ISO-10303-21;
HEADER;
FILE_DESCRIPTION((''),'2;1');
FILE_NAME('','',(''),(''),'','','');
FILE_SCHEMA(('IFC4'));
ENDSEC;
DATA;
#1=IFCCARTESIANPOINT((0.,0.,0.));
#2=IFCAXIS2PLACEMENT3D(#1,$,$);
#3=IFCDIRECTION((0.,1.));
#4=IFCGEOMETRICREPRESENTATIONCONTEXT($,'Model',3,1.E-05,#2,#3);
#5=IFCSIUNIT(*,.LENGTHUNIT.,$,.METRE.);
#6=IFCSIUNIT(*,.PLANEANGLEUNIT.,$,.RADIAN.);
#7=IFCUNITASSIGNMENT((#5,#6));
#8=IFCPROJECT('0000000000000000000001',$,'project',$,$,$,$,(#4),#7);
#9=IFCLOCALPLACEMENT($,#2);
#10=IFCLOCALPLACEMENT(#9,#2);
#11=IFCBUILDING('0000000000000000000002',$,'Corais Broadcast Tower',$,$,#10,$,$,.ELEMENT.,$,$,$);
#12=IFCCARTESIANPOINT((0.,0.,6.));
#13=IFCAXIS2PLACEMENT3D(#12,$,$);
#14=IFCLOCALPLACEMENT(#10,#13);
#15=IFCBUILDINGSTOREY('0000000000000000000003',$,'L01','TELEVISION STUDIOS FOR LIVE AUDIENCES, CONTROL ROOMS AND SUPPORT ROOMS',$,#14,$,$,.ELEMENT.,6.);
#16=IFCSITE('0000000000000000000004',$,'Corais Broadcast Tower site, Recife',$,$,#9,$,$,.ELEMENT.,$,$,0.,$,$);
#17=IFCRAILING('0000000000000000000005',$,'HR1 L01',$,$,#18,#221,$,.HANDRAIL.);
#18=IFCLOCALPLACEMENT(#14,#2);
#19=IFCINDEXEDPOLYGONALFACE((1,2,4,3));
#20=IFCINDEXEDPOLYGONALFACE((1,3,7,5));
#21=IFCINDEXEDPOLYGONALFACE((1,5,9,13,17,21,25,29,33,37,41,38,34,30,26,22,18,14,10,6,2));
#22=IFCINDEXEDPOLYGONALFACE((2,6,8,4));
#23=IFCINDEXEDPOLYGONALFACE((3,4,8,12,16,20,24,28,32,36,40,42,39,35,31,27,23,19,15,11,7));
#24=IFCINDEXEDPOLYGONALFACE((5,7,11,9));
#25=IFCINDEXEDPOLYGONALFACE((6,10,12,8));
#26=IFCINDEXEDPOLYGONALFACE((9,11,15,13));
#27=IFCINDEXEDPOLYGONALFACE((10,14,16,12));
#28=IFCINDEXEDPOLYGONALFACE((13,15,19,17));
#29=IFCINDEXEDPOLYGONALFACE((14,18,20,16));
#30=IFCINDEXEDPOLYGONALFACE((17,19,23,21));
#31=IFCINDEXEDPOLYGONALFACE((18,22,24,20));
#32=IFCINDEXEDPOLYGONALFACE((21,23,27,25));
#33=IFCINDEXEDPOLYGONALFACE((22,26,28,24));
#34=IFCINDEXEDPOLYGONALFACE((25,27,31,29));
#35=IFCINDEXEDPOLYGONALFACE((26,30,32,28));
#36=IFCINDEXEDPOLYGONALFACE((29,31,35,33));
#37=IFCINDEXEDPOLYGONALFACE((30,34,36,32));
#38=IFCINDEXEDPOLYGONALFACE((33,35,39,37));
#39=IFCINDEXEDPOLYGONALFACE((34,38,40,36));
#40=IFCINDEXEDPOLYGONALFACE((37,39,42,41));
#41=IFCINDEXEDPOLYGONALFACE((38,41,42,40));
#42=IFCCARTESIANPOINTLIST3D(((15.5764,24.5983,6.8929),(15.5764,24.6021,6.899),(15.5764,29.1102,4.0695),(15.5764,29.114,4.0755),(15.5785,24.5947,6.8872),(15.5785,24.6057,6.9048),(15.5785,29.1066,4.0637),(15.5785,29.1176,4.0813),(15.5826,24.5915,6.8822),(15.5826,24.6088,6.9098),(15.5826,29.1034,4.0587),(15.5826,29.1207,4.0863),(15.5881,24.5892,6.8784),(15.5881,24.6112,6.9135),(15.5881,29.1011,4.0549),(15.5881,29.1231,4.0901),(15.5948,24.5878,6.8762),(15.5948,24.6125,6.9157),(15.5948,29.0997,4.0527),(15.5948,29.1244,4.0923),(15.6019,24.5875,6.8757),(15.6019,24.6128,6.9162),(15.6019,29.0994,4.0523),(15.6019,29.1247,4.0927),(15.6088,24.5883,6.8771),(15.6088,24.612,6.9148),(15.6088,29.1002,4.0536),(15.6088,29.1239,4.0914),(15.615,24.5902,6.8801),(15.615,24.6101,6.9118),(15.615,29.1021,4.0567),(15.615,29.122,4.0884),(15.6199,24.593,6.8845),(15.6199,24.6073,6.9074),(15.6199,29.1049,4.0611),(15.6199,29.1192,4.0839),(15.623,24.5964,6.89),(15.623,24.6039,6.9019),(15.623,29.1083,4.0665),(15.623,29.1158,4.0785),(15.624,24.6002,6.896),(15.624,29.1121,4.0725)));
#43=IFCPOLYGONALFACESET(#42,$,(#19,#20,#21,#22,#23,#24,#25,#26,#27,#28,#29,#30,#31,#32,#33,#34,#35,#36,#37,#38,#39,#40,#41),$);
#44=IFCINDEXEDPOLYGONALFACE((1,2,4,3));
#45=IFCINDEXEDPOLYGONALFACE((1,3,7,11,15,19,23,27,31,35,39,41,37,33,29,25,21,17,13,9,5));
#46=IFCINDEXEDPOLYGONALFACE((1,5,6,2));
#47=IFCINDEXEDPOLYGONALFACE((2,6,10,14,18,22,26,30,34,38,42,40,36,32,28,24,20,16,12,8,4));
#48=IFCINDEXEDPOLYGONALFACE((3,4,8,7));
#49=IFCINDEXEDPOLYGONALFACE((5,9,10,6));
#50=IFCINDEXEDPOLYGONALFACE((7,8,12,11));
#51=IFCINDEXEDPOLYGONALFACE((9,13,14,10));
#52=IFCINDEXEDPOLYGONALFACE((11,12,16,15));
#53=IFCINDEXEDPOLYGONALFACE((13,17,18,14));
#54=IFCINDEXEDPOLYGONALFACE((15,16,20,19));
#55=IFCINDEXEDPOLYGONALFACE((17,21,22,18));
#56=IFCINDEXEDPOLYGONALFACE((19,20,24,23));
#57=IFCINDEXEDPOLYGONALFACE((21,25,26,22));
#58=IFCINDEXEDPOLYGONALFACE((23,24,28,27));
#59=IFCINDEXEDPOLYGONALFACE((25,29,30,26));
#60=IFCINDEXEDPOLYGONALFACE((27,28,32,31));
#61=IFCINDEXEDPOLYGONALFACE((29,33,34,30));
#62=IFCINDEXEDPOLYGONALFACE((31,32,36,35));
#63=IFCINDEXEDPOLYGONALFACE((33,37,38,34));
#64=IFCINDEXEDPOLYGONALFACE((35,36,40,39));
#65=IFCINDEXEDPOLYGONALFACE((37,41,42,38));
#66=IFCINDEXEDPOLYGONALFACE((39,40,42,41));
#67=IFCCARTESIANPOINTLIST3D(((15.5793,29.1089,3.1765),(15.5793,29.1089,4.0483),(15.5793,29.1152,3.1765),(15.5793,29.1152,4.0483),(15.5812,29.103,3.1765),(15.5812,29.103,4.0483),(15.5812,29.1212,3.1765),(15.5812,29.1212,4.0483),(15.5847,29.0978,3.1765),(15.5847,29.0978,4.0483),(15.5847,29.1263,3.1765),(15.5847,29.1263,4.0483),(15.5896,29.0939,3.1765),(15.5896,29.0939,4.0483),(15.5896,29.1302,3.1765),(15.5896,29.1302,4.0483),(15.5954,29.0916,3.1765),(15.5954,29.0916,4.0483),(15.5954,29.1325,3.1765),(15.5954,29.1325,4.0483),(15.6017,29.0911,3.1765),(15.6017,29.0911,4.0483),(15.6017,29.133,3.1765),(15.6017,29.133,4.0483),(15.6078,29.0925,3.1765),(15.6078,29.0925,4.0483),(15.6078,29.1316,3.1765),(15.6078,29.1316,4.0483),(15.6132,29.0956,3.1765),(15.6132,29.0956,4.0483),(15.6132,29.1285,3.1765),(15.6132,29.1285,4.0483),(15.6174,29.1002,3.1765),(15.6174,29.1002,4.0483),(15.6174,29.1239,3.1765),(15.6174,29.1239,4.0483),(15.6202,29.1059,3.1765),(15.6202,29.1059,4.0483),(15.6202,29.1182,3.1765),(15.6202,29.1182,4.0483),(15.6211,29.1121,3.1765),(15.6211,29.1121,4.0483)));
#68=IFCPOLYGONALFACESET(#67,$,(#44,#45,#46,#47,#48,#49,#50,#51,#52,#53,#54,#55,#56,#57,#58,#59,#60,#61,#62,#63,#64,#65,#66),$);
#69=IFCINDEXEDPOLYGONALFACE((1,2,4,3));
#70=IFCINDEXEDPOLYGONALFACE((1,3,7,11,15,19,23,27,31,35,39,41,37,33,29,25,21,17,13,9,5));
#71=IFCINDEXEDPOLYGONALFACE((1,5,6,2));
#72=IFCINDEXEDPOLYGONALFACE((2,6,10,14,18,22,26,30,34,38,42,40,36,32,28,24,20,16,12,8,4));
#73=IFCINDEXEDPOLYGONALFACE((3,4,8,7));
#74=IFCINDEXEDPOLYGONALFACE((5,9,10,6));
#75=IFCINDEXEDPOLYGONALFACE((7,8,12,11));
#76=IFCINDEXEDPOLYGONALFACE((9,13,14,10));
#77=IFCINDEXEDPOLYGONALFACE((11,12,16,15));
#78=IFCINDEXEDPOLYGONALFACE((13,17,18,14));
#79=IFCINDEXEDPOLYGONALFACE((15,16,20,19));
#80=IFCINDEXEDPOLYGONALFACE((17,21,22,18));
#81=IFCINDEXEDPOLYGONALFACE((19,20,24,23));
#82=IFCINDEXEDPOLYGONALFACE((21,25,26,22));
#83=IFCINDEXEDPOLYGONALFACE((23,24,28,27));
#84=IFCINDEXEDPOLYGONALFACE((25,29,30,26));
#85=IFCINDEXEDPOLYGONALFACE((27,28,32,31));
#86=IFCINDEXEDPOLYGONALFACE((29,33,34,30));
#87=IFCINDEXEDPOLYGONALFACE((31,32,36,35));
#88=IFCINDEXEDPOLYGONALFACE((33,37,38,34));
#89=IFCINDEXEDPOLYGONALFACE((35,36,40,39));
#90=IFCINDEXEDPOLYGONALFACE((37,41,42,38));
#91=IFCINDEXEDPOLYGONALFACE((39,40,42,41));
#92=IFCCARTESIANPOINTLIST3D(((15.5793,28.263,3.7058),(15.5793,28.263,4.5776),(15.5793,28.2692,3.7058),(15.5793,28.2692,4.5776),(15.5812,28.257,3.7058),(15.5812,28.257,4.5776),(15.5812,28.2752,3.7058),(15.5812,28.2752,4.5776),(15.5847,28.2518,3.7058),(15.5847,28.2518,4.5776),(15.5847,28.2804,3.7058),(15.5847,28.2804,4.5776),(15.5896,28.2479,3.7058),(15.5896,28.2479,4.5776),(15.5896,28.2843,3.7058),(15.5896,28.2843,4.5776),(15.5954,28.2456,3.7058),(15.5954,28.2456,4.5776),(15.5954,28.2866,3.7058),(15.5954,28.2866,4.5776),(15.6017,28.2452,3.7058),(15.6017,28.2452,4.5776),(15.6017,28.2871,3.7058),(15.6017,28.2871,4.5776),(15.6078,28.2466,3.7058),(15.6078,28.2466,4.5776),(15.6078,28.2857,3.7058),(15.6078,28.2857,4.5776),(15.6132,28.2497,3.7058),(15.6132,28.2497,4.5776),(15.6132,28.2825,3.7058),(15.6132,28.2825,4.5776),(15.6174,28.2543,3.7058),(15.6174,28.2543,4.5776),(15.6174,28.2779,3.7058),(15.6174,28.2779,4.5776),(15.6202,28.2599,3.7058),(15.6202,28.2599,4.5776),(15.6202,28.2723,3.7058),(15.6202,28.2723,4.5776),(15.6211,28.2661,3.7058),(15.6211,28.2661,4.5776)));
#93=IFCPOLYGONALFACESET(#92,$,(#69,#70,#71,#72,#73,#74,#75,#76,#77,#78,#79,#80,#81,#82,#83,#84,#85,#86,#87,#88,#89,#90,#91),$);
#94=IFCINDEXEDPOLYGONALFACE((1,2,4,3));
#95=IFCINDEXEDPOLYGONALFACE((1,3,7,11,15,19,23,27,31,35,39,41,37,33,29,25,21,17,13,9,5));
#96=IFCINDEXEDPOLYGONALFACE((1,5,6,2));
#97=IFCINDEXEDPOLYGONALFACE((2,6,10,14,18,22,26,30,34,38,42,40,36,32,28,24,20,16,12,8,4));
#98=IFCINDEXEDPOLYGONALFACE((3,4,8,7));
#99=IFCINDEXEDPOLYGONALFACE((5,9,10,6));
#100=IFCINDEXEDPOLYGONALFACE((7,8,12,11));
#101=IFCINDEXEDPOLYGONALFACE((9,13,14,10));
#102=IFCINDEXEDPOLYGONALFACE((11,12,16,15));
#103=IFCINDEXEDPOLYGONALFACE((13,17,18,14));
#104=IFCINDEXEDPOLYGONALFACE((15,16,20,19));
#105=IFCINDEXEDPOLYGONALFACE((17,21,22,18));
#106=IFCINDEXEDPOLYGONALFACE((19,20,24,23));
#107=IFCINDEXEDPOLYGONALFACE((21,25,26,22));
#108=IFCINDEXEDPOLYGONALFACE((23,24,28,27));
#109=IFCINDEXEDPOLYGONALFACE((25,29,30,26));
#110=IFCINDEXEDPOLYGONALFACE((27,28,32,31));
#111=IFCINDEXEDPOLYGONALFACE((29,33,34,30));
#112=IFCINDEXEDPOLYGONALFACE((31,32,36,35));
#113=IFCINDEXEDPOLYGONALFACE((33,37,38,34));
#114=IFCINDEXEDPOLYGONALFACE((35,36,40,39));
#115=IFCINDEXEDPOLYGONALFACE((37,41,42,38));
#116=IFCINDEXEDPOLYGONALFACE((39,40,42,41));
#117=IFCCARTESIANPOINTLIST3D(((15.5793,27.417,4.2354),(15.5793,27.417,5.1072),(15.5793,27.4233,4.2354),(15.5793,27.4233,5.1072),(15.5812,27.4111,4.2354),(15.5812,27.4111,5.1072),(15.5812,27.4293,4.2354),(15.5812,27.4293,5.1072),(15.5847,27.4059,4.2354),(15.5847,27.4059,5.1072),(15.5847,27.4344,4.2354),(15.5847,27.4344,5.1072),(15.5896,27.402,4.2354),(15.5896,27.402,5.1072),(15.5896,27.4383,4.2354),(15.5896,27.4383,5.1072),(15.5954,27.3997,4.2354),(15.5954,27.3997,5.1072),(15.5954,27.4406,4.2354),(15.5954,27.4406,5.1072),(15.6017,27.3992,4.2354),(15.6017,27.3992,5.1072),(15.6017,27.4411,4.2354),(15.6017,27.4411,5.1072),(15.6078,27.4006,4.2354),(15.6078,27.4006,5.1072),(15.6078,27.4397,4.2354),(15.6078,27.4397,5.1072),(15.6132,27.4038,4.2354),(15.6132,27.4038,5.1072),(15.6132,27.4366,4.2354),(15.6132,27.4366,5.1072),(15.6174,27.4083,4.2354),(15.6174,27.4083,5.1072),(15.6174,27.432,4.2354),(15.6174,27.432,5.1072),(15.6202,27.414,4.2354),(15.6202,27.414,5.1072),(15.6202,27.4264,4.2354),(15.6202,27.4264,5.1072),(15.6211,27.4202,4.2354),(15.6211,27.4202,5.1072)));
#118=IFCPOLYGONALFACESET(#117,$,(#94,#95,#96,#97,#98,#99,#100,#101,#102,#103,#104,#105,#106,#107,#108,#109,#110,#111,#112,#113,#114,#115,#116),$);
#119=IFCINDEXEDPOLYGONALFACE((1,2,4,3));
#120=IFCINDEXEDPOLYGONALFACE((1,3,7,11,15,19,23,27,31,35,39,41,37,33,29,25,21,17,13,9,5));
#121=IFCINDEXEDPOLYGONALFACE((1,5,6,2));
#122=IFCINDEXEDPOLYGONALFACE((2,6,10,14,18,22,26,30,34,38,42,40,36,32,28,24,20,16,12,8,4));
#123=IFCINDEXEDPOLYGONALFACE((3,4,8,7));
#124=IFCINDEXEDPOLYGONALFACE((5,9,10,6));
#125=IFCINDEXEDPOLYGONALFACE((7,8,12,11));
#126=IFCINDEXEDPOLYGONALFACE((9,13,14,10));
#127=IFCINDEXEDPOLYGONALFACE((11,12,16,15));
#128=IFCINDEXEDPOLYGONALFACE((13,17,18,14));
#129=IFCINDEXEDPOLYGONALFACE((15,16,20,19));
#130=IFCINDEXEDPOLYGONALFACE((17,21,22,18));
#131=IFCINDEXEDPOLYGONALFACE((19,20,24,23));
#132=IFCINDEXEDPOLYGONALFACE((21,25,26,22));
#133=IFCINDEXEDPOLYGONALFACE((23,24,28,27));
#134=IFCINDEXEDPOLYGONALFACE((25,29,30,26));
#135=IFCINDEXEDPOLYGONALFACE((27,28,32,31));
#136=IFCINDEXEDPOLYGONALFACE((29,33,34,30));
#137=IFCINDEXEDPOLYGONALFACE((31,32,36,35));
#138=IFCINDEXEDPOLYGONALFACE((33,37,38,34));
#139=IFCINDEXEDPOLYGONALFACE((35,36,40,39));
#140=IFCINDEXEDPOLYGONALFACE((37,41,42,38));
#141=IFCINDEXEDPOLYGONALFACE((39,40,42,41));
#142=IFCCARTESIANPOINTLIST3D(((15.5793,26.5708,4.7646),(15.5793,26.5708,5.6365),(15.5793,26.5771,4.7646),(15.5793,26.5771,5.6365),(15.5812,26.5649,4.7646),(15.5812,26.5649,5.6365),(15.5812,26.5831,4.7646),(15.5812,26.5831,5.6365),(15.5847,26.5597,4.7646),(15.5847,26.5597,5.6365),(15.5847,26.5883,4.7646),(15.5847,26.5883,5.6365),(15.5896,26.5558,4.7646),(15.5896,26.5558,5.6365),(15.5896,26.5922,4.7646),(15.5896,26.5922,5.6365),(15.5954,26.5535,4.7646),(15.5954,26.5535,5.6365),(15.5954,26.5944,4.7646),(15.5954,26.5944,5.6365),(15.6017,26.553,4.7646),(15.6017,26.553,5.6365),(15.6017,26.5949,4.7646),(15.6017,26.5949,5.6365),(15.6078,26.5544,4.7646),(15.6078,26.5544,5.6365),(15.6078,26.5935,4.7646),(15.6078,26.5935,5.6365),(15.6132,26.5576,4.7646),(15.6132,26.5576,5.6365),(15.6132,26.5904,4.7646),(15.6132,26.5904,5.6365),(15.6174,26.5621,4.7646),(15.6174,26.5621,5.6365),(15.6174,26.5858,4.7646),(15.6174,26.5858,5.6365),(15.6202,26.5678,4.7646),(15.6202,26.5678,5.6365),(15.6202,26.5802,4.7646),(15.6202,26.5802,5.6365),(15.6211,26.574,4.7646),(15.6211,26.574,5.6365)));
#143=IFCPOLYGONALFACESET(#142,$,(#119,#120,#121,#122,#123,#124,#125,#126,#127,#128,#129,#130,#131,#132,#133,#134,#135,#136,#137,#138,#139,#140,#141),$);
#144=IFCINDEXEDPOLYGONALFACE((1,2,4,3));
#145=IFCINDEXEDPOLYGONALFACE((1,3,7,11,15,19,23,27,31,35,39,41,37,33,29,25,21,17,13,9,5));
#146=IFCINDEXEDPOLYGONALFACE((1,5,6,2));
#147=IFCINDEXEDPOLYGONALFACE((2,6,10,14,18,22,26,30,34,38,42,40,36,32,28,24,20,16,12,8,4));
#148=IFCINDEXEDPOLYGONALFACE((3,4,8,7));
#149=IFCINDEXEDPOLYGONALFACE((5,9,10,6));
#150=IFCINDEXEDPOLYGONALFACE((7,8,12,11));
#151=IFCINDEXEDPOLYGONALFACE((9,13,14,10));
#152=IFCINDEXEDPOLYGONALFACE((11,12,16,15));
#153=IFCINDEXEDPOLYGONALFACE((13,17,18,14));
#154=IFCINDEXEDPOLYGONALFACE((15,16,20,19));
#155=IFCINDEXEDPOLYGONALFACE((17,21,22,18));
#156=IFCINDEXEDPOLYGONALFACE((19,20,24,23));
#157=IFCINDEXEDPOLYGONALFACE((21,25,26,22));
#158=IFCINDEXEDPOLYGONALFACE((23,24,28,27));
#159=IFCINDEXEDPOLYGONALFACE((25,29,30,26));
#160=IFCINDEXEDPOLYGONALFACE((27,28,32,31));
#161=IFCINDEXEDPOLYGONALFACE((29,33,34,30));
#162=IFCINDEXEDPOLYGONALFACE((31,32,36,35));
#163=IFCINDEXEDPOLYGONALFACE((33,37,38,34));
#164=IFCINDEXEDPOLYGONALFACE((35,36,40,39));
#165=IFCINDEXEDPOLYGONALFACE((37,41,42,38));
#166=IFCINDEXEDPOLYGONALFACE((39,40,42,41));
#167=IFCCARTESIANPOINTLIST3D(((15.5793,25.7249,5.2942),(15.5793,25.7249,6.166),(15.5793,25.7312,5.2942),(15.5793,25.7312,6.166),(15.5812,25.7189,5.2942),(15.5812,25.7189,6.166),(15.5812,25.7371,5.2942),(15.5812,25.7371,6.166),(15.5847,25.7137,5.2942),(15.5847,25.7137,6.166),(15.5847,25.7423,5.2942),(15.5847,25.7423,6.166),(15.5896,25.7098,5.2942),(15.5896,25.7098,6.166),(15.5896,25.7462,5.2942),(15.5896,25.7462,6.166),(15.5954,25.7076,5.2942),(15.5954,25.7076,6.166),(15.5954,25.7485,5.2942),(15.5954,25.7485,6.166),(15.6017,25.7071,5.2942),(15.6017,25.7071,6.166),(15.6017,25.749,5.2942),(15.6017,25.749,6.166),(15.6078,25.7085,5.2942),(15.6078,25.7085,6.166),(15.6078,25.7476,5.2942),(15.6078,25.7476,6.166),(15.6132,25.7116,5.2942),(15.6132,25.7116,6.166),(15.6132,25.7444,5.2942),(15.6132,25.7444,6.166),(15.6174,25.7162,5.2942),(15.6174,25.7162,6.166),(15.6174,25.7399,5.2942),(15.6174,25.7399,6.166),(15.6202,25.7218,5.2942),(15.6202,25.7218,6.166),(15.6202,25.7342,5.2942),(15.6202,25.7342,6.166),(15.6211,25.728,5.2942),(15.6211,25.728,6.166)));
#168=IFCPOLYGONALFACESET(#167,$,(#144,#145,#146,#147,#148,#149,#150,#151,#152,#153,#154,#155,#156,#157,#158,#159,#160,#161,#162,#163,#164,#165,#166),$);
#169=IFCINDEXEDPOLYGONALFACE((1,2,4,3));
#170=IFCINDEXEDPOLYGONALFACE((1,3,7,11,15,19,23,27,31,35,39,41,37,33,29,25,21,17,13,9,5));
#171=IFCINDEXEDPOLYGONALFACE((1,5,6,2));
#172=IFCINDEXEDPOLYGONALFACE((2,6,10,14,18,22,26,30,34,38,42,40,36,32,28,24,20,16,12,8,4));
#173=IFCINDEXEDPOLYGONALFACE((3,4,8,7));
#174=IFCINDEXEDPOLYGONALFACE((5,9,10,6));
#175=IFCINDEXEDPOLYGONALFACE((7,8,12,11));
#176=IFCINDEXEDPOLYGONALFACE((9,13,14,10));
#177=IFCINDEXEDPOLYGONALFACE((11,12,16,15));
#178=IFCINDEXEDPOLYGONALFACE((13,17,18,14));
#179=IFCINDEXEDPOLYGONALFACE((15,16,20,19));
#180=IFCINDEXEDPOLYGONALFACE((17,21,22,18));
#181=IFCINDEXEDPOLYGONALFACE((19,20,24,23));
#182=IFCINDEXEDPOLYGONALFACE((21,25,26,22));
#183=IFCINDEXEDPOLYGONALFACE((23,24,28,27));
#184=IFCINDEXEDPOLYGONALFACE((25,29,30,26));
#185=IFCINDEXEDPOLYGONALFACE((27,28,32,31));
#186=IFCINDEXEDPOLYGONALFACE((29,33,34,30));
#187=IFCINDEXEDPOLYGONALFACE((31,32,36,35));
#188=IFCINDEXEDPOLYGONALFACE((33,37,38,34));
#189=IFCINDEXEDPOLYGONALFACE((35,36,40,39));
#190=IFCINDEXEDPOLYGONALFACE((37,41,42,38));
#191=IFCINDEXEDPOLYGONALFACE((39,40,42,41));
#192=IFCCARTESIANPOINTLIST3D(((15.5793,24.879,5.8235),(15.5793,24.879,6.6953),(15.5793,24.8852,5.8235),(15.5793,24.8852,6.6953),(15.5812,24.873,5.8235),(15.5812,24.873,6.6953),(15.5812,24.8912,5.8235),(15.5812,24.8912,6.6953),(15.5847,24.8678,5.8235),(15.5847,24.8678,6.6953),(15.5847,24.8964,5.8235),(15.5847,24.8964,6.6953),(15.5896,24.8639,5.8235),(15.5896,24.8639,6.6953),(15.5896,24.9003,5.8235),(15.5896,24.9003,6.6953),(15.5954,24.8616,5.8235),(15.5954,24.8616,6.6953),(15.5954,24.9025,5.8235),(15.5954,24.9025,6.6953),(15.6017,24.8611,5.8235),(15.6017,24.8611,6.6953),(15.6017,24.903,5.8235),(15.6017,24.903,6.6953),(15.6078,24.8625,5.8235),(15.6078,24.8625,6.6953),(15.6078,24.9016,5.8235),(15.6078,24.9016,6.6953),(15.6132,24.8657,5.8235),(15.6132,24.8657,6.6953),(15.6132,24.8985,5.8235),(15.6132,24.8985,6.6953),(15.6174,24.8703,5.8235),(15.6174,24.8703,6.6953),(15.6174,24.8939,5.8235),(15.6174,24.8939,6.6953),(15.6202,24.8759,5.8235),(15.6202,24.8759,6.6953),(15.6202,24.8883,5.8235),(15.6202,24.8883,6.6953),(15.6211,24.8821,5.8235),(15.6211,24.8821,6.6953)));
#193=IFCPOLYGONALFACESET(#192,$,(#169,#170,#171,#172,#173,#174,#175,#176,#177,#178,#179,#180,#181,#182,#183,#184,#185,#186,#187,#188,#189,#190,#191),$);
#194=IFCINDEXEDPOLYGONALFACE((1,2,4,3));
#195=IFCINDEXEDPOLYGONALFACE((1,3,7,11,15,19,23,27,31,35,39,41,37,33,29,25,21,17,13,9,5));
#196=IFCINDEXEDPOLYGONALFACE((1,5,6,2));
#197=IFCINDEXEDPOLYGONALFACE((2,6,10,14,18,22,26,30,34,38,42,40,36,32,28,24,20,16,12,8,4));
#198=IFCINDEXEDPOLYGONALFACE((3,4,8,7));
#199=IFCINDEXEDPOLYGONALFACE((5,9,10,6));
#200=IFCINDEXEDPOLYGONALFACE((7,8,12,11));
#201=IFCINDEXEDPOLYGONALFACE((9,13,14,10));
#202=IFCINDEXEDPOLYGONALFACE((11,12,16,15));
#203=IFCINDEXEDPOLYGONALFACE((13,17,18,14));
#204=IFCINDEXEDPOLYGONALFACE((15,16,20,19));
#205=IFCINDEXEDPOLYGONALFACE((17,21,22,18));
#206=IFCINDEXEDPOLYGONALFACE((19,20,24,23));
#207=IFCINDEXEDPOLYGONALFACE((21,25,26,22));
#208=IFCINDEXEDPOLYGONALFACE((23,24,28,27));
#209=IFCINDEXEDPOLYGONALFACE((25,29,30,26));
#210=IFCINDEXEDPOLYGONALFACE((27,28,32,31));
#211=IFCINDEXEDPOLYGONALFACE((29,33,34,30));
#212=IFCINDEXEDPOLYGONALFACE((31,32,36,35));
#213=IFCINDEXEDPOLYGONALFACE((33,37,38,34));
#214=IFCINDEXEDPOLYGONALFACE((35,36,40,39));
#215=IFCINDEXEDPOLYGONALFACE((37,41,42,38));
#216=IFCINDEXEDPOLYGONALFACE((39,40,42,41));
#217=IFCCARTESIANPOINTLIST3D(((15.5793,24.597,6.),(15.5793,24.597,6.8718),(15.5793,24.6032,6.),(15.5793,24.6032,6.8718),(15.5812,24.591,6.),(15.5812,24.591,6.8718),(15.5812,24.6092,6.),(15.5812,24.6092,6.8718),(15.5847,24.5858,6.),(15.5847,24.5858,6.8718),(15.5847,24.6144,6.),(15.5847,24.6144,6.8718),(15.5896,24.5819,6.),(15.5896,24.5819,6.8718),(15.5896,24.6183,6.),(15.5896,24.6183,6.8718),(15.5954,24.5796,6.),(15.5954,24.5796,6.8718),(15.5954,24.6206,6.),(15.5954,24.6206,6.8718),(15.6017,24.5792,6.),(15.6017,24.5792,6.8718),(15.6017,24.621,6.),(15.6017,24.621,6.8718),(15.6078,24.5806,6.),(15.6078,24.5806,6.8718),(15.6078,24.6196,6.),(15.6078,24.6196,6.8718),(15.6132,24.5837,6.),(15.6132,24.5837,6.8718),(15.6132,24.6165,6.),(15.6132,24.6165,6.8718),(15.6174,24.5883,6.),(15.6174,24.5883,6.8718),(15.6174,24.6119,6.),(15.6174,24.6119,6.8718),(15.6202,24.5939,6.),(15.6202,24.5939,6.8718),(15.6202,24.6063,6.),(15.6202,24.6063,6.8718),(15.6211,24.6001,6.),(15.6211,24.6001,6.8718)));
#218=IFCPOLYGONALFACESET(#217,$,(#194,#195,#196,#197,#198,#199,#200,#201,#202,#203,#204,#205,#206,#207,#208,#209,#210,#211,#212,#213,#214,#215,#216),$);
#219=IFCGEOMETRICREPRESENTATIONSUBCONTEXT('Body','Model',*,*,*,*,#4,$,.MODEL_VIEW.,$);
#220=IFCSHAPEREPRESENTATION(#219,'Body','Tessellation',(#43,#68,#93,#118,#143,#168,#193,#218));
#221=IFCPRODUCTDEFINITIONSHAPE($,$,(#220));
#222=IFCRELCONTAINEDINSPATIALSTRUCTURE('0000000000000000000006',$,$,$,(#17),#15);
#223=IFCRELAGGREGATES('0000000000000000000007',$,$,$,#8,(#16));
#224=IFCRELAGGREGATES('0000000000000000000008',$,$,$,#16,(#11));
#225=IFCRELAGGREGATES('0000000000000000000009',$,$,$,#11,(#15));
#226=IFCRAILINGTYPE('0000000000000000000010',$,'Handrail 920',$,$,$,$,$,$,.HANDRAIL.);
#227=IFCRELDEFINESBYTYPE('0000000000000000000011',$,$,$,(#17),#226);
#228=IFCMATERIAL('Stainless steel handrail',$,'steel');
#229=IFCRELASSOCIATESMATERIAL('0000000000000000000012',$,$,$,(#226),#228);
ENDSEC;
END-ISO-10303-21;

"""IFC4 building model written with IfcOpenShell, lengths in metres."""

from ifc_helpers import new_model, si_unit, direction, frame, origin, origin_2d, place, context, subcontext, project, spatial, circle, extrude, material, type_object, element, save


model = new_model("IFC4")

# Units and contexts
model_context = context("Model", 3, precision=1e-05, world=origin(), true_north=direction((0.0, 1.0)))
body_context = subcontext(model_context, "Body", "Model", "MODEL_VIEW")
ifc_project = project(units=[si_unit("LENGTHUNIT", "METRE"), si_unit("PLANEANGLEUNIT", "RADIAN")], contexts=[model_context])

# Site, building, storey
site_placement = place(None, origin())
site = spatial("IfcSite", under=ifc_project, at=site_placement, Name="Corais Broadcast Tower site, Recife", CompositionType="ELEMENT", RefElevation=0.0)
building_placement = place(site_placement, origin())
building = spatial("IfcBuilding", under=site, at=building_placement, Name="Corais Broadcast Tower", CompositionType="ELEMENT")
storey_placement = place(building_placement, frame((0.0, 0.0, 6.0)))
storey = spatial("IfcBuildingStorey", under=building, at=storey_placement, Name="L01", Description="TELEVISION STUDIOS FOR LIVE AUDIENCES, CONTROL ROOMS AND SUPPORT ROOMS", CompositionType="ELEMENT", Elevation=6.0)

# Railing
ifc_material_1 = material(Name="Stainless steel handrail", Category="steel")
railing_type = type_object("IfcRailingType", Name="Handrail 920", PredefinedType="HANDRAIL", material=ifc_material_1)
railing_placement = place(storey_placement, frame((15.6001, 29.1121, 3.1765)))
element("IfcRailing", 1, at=railing_placement, inside=storey, type_object=railing_type, Name="HR1 L01", PredefinedType="HANDRAIL", context=body_context, shape_type="SweptSolid", body=[
    extrude(circle(Radius=0.0239, at=origin_2d()), frame((0.0, 0.0, 0.896), z_axis=(0.0, -0.847702, 0.530473), x_axis=(1.0, 0.0, 0.0)), (0.0, 0.0, 1.0), 5.3225),
    extrude(circle(Radius=0.021, at=origin_2d()), origin(), (0.0, 0.0, 1.0), 0.8718),
    extrude(circle(Radius=0.021, at=origin_2d()), frame((0.0, -0.8459, 0.5293)), (0.0, 0.0, 1.0), 0.8718),
    extrude(circle(Radius=0.021, at=origin_2d()), frame((0.0, -1.6919, 1.0588)), (0.0, 0.0, 1.0), 0.8718),
    extrude(circle(Radius=0.021, at=origin_2d()), frame((0.0, -2.5381, 1.5881)), (0.0, 0.0, 1.0), 0.8718),
    extrude(circle(Radius=0.021, at=origin_2d()), frame((0.0, -3.384, 2.1177)), (0.0, 0.0, 1.0), 0.8718),
    extrude(circle(Radius=0.021, at=origin_2d()), frame((0.0, -4.23, 2.647)), (0.0, 0.0, 1.0), 0.8718),
    extrude(circle(Radius=0.021, at=origin_2d()), frame((0.0, -4.512, 2.8235)), (0.0, 0.0, 1.0), 0.8718),
])

save(model, "model.ifc")
